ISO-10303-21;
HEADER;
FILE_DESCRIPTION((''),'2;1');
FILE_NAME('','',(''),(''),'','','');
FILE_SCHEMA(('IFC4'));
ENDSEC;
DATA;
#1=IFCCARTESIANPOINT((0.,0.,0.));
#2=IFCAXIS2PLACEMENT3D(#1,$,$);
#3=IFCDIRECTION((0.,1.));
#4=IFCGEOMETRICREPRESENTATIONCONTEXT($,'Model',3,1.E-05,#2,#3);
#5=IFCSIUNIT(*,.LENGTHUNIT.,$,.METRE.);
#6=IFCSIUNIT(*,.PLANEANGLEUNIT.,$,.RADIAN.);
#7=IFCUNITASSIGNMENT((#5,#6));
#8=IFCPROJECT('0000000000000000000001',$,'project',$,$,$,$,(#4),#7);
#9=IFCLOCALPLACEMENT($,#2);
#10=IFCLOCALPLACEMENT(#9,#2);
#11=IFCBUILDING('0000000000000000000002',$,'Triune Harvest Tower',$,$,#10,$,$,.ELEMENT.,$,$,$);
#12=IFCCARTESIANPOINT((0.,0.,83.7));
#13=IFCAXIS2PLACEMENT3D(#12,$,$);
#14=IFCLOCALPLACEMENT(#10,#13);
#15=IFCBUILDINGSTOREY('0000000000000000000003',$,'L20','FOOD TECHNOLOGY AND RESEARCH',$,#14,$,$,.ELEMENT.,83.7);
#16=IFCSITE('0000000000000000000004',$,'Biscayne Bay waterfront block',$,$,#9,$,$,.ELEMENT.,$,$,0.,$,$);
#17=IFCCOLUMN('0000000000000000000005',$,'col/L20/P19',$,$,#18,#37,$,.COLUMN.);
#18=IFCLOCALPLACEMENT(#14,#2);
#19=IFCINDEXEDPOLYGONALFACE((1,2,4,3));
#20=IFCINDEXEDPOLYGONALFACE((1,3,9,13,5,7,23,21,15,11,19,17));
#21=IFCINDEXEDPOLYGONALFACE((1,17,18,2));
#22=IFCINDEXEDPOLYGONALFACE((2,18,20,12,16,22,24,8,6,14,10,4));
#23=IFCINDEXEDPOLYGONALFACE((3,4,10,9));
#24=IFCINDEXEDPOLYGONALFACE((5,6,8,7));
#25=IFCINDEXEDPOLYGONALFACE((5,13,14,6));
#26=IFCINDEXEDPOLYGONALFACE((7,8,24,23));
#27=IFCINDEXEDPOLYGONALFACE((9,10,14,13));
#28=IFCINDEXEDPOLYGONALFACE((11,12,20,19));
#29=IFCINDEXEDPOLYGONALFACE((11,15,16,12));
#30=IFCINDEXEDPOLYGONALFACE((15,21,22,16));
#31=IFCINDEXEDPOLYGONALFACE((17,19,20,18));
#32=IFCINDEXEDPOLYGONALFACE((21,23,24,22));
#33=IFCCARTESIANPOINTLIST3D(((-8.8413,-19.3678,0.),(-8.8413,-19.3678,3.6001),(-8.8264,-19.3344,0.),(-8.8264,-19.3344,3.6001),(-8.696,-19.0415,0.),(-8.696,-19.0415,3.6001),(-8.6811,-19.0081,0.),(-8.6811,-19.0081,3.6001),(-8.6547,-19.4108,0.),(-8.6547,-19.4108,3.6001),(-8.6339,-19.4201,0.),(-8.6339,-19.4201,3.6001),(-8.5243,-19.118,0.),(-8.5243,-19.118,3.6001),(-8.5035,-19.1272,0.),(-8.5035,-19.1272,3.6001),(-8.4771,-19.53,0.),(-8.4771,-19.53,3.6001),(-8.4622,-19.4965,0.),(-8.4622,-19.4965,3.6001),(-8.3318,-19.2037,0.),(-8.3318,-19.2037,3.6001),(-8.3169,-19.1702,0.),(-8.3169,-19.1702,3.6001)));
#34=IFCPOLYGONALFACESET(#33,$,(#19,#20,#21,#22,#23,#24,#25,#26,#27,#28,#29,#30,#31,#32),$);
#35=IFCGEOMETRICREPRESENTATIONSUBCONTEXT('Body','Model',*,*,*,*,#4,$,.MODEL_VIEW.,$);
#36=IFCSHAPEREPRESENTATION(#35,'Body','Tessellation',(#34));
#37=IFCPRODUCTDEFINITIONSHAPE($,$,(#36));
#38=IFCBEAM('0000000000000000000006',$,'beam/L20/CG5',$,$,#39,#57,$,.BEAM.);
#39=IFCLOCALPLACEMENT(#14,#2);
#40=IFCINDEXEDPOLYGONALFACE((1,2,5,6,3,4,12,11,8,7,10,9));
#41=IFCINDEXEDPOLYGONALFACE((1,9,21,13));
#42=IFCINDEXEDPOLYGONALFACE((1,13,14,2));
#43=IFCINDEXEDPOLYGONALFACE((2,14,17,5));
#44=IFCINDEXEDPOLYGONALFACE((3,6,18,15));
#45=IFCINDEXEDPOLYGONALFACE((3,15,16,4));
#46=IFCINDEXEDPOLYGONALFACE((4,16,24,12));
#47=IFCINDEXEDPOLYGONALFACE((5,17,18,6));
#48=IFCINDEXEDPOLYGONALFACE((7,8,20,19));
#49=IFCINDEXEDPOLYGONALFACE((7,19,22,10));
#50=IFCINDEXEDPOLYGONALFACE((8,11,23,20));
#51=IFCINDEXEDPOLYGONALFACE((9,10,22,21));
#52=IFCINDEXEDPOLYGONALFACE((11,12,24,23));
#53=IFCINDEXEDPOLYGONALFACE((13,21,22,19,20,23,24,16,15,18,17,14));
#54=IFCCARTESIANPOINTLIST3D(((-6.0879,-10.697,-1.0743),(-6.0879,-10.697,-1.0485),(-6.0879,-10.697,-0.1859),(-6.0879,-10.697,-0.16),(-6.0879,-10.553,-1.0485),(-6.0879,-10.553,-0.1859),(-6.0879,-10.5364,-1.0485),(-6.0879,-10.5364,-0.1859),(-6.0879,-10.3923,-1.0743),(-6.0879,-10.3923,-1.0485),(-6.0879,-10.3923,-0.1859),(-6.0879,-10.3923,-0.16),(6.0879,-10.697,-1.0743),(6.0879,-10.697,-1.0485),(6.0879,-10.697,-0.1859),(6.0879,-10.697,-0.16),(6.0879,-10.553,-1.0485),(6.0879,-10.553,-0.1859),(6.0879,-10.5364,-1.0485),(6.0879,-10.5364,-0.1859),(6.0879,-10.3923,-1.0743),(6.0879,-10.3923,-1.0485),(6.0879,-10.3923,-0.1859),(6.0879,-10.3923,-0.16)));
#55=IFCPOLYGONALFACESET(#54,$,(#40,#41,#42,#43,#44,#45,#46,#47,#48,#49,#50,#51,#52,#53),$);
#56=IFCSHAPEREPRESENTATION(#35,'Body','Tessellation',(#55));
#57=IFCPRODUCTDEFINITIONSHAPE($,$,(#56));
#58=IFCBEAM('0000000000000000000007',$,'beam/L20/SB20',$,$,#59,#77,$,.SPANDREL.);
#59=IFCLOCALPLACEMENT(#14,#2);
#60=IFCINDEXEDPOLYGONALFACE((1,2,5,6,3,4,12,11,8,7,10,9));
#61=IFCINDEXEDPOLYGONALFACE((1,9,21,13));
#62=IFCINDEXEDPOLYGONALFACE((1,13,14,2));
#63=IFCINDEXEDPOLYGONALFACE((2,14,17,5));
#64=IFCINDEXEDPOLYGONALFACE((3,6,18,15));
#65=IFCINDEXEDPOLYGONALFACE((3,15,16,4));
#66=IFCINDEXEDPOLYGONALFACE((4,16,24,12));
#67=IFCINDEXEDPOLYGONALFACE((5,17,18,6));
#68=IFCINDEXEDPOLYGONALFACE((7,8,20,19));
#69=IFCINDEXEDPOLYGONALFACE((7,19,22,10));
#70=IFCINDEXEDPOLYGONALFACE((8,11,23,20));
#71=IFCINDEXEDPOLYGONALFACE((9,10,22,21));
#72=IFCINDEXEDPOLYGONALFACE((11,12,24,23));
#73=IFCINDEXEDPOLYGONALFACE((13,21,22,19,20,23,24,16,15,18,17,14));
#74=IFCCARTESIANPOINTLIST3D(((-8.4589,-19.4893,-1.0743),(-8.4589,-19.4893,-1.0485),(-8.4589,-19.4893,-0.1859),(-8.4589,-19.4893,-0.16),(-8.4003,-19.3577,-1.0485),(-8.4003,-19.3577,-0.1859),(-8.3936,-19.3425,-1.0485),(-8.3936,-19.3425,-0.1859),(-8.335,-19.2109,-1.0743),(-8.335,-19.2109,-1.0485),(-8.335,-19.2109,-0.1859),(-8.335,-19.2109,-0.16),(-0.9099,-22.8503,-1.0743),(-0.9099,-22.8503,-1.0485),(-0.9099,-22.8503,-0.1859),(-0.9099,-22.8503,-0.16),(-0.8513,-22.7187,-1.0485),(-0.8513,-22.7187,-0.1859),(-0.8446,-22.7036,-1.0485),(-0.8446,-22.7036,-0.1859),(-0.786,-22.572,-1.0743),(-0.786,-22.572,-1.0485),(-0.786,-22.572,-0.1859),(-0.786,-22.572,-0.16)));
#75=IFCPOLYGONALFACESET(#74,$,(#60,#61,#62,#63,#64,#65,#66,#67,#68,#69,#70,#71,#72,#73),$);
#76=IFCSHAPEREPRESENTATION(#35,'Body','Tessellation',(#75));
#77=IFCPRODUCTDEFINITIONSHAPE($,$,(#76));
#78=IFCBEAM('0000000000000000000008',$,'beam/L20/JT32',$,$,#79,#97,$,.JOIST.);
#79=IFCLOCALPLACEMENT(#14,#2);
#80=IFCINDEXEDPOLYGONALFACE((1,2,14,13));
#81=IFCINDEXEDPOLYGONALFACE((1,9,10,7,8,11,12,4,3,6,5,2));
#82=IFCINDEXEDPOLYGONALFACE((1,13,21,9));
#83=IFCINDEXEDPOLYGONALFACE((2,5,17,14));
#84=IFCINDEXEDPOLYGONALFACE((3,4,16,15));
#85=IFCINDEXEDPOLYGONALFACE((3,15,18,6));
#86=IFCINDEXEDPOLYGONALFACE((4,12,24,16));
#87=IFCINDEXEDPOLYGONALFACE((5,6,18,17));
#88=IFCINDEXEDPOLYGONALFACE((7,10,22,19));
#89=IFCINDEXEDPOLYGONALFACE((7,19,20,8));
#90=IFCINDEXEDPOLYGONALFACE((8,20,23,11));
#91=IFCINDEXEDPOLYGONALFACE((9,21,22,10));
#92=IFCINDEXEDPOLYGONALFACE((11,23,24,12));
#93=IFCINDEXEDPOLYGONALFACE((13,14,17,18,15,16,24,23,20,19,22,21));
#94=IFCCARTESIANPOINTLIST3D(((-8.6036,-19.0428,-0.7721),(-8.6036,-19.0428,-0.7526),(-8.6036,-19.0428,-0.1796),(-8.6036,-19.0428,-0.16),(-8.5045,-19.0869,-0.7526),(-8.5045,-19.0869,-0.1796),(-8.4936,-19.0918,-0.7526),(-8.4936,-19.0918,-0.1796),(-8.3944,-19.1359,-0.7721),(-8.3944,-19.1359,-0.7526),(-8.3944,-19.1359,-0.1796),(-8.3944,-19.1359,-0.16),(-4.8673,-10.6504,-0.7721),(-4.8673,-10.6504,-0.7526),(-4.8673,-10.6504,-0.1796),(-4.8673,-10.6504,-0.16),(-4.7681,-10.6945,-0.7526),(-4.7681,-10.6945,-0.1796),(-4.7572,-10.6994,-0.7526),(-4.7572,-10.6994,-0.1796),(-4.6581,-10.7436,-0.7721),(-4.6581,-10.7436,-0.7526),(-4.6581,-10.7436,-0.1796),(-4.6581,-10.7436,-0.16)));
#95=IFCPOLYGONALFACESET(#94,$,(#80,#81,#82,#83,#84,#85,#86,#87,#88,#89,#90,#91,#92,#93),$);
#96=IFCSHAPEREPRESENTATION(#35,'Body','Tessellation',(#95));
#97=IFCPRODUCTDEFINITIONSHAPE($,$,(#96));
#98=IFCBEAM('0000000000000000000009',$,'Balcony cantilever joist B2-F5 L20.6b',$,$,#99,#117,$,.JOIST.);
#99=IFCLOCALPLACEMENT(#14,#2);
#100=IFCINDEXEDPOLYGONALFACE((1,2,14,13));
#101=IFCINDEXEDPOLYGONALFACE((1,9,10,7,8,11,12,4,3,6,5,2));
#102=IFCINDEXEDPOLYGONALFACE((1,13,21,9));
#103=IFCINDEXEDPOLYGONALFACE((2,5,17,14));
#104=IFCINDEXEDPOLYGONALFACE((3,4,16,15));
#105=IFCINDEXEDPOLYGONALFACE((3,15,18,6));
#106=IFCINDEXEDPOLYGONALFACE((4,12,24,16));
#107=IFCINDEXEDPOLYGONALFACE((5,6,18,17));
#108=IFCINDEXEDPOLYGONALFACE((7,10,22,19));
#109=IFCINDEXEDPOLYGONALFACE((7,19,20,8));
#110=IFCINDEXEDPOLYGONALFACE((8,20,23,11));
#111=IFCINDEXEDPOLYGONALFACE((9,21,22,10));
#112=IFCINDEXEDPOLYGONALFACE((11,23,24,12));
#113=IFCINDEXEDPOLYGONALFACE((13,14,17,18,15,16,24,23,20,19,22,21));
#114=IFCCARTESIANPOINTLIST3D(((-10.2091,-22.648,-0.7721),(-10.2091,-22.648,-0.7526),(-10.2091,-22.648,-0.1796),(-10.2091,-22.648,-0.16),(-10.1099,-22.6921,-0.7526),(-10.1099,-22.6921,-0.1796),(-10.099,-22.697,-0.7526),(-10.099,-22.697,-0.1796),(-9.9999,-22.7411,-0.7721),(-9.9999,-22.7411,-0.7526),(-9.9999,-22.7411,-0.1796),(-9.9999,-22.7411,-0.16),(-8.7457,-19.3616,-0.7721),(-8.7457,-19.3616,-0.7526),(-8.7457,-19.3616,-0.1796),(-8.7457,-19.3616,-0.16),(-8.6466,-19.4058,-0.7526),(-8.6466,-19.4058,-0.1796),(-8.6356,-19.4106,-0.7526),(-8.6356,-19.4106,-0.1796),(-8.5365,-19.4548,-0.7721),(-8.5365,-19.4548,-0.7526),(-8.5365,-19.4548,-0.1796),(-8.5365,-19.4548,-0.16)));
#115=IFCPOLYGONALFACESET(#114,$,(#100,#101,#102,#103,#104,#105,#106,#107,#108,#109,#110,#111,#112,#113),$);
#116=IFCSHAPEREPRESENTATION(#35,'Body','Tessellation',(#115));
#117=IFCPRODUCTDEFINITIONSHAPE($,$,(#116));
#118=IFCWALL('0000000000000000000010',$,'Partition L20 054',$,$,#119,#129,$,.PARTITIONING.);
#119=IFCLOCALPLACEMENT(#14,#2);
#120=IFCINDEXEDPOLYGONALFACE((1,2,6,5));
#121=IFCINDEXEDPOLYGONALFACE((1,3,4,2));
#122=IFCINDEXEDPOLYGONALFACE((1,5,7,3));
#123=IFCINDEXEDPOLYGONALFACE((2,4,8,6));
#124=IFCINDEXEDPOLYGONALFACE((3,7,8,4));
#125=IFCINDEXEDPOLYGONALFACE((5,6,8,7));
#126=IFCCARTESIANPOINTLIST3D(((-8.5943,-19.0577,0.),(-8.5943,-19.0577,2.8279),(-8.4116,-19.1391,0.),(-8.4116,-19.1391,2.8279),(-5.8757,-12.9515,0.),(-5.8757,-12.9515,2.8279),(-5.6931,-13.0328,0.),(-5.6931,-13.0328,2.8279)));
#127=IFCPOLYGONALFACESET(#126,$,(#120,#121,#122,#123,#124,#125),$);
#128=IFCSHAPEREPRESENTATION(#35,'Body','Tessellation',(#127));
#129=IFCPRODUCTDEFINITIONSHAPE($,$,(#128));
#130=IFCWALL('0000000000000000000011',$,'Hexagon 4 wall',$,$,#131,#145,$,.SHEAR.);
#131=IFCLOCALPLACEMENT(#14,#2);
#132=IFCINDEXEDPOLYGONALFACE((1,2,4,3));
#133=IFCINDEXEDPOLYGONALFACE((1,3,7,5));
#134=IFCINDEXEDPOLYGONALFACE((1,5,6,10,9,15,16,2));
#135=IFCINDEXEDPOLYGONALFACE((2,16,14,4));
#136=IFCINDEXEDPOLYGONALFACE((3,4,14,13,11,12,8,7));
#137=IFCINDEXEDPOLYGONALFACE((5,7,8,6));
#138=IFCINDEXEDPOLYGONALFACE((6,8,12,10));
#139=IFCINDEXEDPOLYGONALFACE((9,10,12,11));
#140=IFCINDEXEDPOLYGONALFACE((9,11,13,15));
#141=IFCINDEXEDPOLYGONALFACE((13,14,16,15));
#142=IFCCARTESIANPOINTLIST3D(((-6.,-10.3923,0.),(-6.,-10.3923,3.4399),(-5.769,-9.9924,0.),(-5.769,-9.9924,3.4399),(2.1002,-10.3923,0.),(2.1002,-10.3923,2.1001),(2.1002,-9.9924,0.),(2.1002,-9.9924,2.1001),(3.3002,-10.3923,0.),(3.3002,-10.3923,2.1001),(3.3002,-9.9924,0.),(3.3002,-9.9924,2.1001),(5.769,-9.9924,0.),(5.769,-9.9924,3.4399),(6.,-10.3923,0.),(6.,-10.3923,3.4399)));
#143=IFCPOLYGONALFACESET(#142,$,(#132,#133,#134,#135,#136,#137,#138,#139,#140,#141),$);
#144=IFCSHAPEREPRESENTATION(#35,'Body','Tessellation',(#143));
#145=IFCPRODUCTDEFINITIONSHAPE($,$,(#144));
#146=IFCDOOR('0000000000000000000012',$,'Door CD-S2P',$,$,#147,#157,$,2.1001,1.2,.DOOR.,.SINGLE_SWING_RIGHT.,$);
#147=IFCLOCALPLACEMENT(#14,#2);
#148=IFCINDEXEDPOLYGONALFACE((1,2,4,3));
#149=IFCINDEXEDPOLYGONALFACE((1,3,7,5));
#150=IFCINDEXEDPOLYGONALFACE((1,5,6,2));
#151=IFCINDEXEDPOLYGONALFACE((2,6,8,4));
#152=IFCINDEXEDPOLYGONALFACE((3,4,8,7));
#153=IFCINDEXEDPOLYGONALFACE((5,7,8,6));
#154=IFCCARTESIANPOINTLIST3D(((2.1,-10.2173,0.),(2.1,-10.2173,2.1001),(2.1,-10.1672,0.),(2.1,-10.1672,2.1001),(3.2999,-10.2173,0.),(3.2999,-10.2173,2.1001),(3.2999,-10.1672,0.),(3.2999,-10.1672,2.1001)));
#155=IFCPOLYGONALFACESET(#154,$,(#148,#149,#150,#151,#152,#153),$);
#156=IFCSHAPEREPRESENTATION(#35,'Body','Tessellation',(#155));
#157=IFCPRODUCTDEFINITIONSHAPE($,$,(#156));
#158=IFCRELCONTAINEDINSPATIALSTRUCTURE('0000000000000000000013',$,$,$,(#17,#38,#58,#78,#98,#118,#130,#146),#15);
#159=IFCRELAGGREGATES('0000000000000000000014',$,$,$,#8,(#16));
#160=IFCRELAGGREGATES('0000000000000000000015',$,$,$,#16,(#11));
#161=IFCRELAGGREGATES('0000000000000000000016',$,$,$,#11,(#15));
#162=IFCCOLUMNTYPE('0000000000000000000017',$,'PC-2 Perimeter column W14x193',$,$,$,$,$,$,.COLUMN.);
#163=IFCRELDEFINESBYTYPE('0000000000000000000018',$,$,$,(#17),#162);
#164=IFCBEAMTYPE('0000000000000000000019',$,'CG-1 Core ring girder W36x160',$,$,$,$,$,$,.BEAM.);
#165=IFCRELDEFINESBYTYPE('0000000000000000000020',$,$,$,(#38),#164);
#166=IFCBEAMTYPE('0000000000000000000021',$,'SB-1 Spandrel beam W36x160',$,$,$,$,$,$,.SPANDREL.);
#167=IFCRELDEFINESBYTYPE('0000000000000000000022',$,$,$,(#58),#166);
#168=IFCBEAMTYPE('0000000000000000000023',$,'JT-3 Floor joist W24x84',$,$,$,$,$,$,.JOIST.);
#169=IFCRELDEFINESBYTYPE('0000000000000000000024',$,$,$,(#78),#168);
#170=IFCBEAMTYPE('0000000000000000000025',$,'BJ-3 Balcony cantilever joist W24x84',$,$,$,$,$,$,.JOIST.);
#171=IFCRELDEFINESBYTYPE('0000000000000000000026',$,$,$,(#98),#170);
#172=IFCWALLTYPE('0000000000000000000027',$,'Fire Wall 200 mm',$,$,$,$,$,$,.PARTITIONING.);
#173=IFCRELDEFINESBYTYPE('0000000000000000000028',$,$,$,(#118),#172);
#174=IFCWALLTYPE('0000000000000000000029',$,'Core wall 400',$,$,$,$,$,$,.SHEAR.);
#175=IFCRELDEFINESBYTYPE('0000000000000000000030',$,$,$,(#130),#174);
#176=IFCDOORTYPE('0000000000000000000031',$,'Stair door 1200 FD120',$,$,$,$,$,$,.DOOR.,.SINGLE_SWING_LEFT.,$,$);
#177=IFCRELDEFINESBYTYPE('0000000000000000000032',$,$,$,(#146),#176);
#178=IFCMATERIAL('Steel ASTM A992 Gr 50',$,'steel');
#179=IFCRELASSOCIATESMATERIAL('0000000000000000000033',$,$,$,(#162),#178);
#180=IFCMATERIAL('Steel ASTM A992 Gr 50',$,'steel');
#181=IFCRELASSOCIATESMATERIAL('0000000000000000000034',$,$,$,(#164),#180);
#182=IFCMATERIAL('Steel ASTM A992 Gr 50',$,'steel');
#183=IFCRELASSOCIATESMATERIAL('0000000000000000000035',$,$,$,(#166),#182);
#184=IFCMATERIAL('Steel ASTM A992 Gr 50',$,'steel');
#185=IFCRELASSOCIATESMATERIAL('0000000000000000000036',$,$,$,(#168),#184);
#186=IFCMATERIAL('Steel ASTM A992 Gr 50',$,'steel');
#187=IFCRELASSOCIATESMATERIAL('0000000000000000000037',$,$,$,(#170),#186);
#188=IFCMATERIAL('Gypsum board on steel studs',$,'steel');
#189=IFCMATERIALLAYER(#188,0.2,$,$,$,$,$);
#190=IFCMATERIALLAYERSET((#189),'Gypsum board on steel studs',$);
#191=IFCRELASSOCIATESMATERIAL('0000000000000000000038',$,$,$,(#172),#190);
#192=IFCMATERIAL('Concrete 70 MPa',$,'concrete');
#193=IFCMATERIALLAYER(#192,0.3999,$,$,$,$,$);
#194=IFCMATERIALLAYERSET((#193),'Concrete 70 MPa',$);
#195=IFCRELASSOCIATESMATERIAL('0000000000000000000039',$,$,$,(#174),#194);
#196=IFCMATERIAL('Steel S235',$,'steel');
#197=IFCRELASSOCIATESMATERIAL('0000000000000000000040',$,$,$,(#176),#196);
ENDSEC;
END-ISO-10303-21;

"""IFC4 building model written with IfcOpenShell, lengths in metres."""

from ifc_helpers import new_model, si_unit, direction, frame, frame_2d, origin, origin_2d, place, context, subcontext, project, spatial, polyline, rectangle, i_section, outline, extrude, source, transform, mapped, material, layer, layer_set, material_profile, profile_set, type_object, element, fill, save


model = new_model("IFC4")

# Units and contexts
model_context = context("Model", 3, precision=1e-05, world=origin(), true_north=direction((0.0, 1.0)))
body_context = subcontext(model_context, "Body", "Model", "MODEL_VIEW")
ifc_project = project(units=[si_unit("LENGTHUNIT", "METRE"), si_unit("PLANEANGLEUNIT", "RADIAN")], contexts=[model_context])

# Site, building, storey
site_placement = place(None, origin())
site = spatial("IfcSite", under=ifc_project, at=site_placement, Name="Biscayne Bay waterfront block", CompositionType="ELEMENT", RefElevation=0.0)
building_placement = place(site_placement, origin())
building = spatial("IfcBuilding", under=site, at=building_placement, Name="Triune Harvest Tower", CompositionType="ELEMENT")
storey_placement = place(building_placement, frame((0.0, 0.0, 83.7)))
storey = spatial("IfcBuildingStorey", under=building, at=storey_placement, Name="L20", Description="FOOD TECHNOLOGY AND RESEARCH", CompositionType="ELEMENT", Elevation=83.7)

# Column
ifc_material_1 = material(Name="Steel ASTM A992 Gr 50", Category="steel")
ifc_material_profile_1 = material_profile(ifc_material_1, i_section(OverallWidth=0.3987, OverallDepth=0.3938, WebThickness=0.0227, FlangeThickness=0.0366, at=origin_2d()), Name="W14x193")
ifc_profile_set_1 = profile_set([ifc_material_profile_1], Name="Steel ASTM A992 Gr 50")
column_type = type_object("IfcColumnType", Name="PC-2 Perimeter column W14x193", PredefinedType="COLUMN", material=ifc_profile_set_1)
shared_shape_1 = source(origin(), body_context, "Body", "SweptSolid", [
    extrude(i_section(OverallWidth=0.3987, OverallDepth=0.3938, WebThickness=0.0227, FlangeThickness=0.0366, at=origin_2d()), origin(), (0.0, 0.0, 1.0), 3.6001),
])
column_placement = place(storey_placement, frame((-8.5791, -19.269, 0.0), z_axis=(0.0, 0.0, 1.0), x_axis=(0.913545, -0.406737, 0.0)))
element("IfcColumn", 1, at=column_placement, inside=storey, type_object=column_type, Name="col/L20/P19", PredefinedType="COLUMN", context=body_context, shape_type="MappedRepresentation", body=[
    mapped(shared_shape_1, transform((0.0, 0.0, 0.0), scale=1.0)),
])

# Beams
ifc_material_2 = material(Name="Steel ASTM A992 Gr 50", Category="steel")
ifc_material_profile_2 = material_profile(ifc_material_2, i_section(OverallWidth=0.3047, OverallDepth=0.9143, WebThickness=0.0166, FlangeThickness=0.0259, at=origin_2d()), Name="W36x160")
ifc_profile_set_2 = profile_set([ifc_material_profile_2], Name="Steel ASTM A992 Gr 50")
beam_type_1 = type_object("IfcBeamType", Name="CG-1 Core ring girder W36x160", PredefinedType="BEAM", material=ifc_profile_set_2)
shared_shape_2 = source(origin(), body_context, "Body", "SweptSolid", [
    extrude(i_section(OverallWidth=0.3047, OverallDepth=0.9143, WebThickness=0.0166, FlangeThickness=0.0259, at=origin_2d()), origin(), (0.0, 0.0, 1.0), 12.1758),
])
beam_1_placement = place(storey_placement, frame((-6.0879, -10.5447, -0.6172), z_axis=(1.0, 0.0, 0.0), x_axis=(0.0, 1.0, 0.0)))
element("IfcBeam", 2, at=beam_1_placement, inside=storey, type_object=beam_type_1, Name="beam/L20/CG5", PredefinedType="BEAM", context=body_context, shape_type="MappedRepresentation", body=[
    mapped(shared_shape_2, transform((0.0, 0.0, 0.0), scale=1.0)),
])
ifc_material_3 = material(Name="Steel ASTM A992 Gr 50", Category="steel")
ifc_material_profile_3 = material_profile(ifc_material_3, i_section(OverallWidth=0.3047, OverallDepth=0.9143, WebThickness=0.0166, FlangeThickness=0.0259, at=origin_2d()), Name="W36x160")
ifc_profile_set_3 = profile_set([ifc_material_profile_3], Name="Steel ASTM A992 Gr 50")
beam_type_2 = type_object("IfcBeamType", Name="SB-1 Spandrel beam W36x160", PredefinedType="SPANDREL", material=ifc_profile_set_3)
shared_shape_3 = source(origin(), body_context, "Body", "SweptSolid", [
    extrude(i_section(OverallWidth=0.3047, OverallDepth=0.9143, WebThickness=0.0166, FlangeThickness=0.0259, at=origin_2d()), origin(), (0.0, 0.0, 1.0), 8.2634),
])
beam_2_placement = place(storey_placement, frame((-8.397, -19.3501, -0.6172), z_axis=(0.913545, -0.406739, 0.0), x_axis=(0.406739, 0.913545, 0.0)))
element("IfcBeam", 3, at=beam_2_placement, inside=storey, type_object=beam_type_2, Name="beam/L20/SB20", PredefinedType="SPANDREL", context=body_context, shape_type="MappedRepresentation", body=[
    mapped(shared_shape_3, transform((0.0, 0.0, 0.0), scale=1.0)),
])
ifc_material_4 = material(Name="Steel ASTM A992 Gr 50", Category="steel")
ifc_material_profile_4 = material_profile(ifc_material_4, i_section(OverallWidth=0.229, OverallDepth=0.6121, WebThickness=0.012, FlangeThickness=0.0195, at=origin_2d()), Name="W24x84")
ifc_profile_set_4 = profile_set([ifc_material_profile_4], Name="Steel ASTM A992 Gr 50")
beam_type_3 = type_object("IfcBeamType", Name="JT-3 Floor joist W24x84", PredefinedType="JOIST", material=ifc_profile_set_4)
shared_shape_4 = source(origin(), body_context, "Body", "SweptSolid", [
    extrude(i_section(OverallWidth=0.229, OverallDepth=0.6121, WebThickness=0.012, FlangeThickness=0.0195, at=origin_2d()), origin(), (0.0, 0.0, 1.0), 9.1865),
])
beam_3_placement = place(storey_placement, frame((-8.499, -19.0894, -0.4661), z_axis=(0.40672, 0.913553, 0.0), x_axis=(-0.913553, 0.40672, 0.0)))
element("IfcBeam", 4, at=beam_3_placement, inside=storey, type_object=beam_type_3, Name="beam/L20/JT32", PredefinedType="JOIST", context=body_context, shape_type="MappedRepresentation", body=[
    mapped(shared_shape_4, transform((0.0, 0.0, 0.0), scale=1.0)),
])
ifc_material_5 = material(Name="Steel ASTM A992 Gr 50", Category="steel")
ifc_material_profile_5 = material_profile(ifc_material_5, i_section(OverallWidth=0.229, OverallDepth=0.6121, WebThickness=0.012, FlangeThickness=0.0195, at=origin_2d()), Name="W24x84")
ifc_profile_set_5 = profile_set([ifc_material_profile_5], Name="Steel ASTM A992 Gr 50")
beam_type_4 = type_object("IfcBeamType", Name="BJ-3 Balcony cantilever joist W24x84", PredefinedType="JOIST", material=ifc_profile_set_5)
shared_shape_5 = source(origin(), body_context, "Body", "SweptSolid", [
    extrude(i_section(OverallWidth=0.229, OverallDepth=0.6121, WebThickness=0.012, FlangeThickness=0.0195, at=origin_2d()), origin(), (0.0, 0.0, 1.0), 3.5974),
])
beam_4_placement = place(storey_placement, frame((-8.6411, -19.4082, -0.4661), z_axis=(-0.406781, -0.913526, 0.0), x_axis=(0.913526, -0.406781, 0.0)))
element("IfcBeam", 5, at=beam_4_placement, inside=storey, type_object=beam_type_4, Name="Balcony cantilever joist B2-F5 L20.6b", PredefinedType="JOIST", context=body_context, shape_type="MappedRepresentation", body=[
    mapped(shared_shape_5, transform((0.0, 0.0, 0.0), scale=1.0)),
])

# Wall
ifc_material_6 = material(Name="Gypsum board on steel studs", Category="steel")
ifc_layer_1 = layer(ifc_material_6, 0.2)
ifc_layer_set_1 = layer_set([ifc_layer_1], Name="Gypsum board on steel studs")
wall_type_1 = type_object("IfcWallType", Name="Fire Wall 200 mm", PredefinedType="PARTITIONING", material=ifc_layer_set_1)
wall_1_placement = place(storey_placement, frame((-8.5029, -19.0984, 0.0), z_axis=(0.0, 0.0, 1.0), x_axis=(0.406718, 0.913554, 0.0)))
element("IfcWall", 6, at=wall_1_placement, inside=storey, type_object=wall_type_1, Name="Partition L20 054", PredefinedType="PARTITIONING", context=body_context, shape_type="SweptSolid", body=[
    extrude(rectangle(XDim=6.6841, YDim=0.2, at=frame_2d((3.342, 0.0))), origin(), (0.0, 0.0, 1.0), 2.8279),
])

# Wall, opening, door
ifc_material_7 = material(Name="Concrete 70 MPa", Category="concrete")
ifc_layer_2 = layer(ifc_material_7, 0.3999)
ifc_layer_set_2 = layer_set([ifc_layer_2], Name="Concrete 70 MPa")
wall_type_2 = type_object("IfcWallType", Name="Core wall 400", PredefinedType="SHEAR", material=ifc_layer_set_2)
shared_shape_6 = source(origin(), body_context, "Body", "SweptSolid", [
    extrude(outline(polyline([(-0.1155, -0.2), (11.8845, -0.2), (11.6536, 0.2), (0.1155, 0.2), (-0.1155, -0.2)])), origin(), (0.0, 0.0, 1.0), 3.4399),
])
wall_2_placement = place(storey_placement, frame((-5.8845, -10.1924, 0.0), z_axis=(0.0, 0.0, 1.0), x_axis=(1.0, 0.0, 0.0)))
wall_2 = element("IfcWall", 7, at=wall_2_placement, inside=storey, type_object=wall_type_2, Name="Hexagon 4 wall", PredefinedType="SHEAR", context=body_context, shape_type="MappedRepresentation", body=[
    mapped(shared_shape_6, transform((0.0, 0.0, 0.0), scale=1.0)),
])
opening_1_placement = place(wall_2_placement, frame((7.9846, 0.0, 0.0)))
opening_1 = element("IfcOpeningElement", 8, at=opening_1_placement, cuts=wall_2, PredefinedType="OPENING", context=body_context, shape_type="SweptSolid", body=[
    extrude(rectangle(XDim=1.2, YDim=2.1001, at=frame_2d((0.6001, 1.05))), frame((0.0, 0.21, 0.0), z_axis=(0.0, -1.0, 0.0), x_axis=(1.0, 0.0, 0.0)), (0.0, 0.0, 1.0), 0.4199),
])
ifc_material_8 = material(Name="Steel S235", Category="steel")
door_type_1 = type_object("IfcDoorType", Name="Stair door 1200 FD120", OperationType="SINGLE_SWING_LEFT", PredefinedType="DOOR", material=ifc_material_8)
door_1_placement = place(opening_1_placement, frame((1.2, 0.0, 0.0), z_axis=(0.0, 0.0, 1.0), x_axis=(-1.0, 0.0, 0.0)))
door_1 = element("IfcDoor", 9, at=door_1_placement, inside=storey, type_object=door_type_1, Name="Door CD-S2P", OperationType="SINGLE_SWING_RIGHT", OverallHeight=2.1001, OverallWidth=1.2, PredefinedType="DOOR", context=body_context, shape_type="SweptSolid", body=[
    extrude(rectangle(XDim=1.2, YDim=2.1001, at=frame_2d((0.6001, 1.05))), frame((0.0, 0.0249, 0.0), z_axis=(0.0, -1.0, 0.0), x_axis=(1.0, 0.0, 0.0)), (0.0, 0.0, 1.0), 0.05),
])
fill(opening_1, door_1)

save(model, "model.ifc")
